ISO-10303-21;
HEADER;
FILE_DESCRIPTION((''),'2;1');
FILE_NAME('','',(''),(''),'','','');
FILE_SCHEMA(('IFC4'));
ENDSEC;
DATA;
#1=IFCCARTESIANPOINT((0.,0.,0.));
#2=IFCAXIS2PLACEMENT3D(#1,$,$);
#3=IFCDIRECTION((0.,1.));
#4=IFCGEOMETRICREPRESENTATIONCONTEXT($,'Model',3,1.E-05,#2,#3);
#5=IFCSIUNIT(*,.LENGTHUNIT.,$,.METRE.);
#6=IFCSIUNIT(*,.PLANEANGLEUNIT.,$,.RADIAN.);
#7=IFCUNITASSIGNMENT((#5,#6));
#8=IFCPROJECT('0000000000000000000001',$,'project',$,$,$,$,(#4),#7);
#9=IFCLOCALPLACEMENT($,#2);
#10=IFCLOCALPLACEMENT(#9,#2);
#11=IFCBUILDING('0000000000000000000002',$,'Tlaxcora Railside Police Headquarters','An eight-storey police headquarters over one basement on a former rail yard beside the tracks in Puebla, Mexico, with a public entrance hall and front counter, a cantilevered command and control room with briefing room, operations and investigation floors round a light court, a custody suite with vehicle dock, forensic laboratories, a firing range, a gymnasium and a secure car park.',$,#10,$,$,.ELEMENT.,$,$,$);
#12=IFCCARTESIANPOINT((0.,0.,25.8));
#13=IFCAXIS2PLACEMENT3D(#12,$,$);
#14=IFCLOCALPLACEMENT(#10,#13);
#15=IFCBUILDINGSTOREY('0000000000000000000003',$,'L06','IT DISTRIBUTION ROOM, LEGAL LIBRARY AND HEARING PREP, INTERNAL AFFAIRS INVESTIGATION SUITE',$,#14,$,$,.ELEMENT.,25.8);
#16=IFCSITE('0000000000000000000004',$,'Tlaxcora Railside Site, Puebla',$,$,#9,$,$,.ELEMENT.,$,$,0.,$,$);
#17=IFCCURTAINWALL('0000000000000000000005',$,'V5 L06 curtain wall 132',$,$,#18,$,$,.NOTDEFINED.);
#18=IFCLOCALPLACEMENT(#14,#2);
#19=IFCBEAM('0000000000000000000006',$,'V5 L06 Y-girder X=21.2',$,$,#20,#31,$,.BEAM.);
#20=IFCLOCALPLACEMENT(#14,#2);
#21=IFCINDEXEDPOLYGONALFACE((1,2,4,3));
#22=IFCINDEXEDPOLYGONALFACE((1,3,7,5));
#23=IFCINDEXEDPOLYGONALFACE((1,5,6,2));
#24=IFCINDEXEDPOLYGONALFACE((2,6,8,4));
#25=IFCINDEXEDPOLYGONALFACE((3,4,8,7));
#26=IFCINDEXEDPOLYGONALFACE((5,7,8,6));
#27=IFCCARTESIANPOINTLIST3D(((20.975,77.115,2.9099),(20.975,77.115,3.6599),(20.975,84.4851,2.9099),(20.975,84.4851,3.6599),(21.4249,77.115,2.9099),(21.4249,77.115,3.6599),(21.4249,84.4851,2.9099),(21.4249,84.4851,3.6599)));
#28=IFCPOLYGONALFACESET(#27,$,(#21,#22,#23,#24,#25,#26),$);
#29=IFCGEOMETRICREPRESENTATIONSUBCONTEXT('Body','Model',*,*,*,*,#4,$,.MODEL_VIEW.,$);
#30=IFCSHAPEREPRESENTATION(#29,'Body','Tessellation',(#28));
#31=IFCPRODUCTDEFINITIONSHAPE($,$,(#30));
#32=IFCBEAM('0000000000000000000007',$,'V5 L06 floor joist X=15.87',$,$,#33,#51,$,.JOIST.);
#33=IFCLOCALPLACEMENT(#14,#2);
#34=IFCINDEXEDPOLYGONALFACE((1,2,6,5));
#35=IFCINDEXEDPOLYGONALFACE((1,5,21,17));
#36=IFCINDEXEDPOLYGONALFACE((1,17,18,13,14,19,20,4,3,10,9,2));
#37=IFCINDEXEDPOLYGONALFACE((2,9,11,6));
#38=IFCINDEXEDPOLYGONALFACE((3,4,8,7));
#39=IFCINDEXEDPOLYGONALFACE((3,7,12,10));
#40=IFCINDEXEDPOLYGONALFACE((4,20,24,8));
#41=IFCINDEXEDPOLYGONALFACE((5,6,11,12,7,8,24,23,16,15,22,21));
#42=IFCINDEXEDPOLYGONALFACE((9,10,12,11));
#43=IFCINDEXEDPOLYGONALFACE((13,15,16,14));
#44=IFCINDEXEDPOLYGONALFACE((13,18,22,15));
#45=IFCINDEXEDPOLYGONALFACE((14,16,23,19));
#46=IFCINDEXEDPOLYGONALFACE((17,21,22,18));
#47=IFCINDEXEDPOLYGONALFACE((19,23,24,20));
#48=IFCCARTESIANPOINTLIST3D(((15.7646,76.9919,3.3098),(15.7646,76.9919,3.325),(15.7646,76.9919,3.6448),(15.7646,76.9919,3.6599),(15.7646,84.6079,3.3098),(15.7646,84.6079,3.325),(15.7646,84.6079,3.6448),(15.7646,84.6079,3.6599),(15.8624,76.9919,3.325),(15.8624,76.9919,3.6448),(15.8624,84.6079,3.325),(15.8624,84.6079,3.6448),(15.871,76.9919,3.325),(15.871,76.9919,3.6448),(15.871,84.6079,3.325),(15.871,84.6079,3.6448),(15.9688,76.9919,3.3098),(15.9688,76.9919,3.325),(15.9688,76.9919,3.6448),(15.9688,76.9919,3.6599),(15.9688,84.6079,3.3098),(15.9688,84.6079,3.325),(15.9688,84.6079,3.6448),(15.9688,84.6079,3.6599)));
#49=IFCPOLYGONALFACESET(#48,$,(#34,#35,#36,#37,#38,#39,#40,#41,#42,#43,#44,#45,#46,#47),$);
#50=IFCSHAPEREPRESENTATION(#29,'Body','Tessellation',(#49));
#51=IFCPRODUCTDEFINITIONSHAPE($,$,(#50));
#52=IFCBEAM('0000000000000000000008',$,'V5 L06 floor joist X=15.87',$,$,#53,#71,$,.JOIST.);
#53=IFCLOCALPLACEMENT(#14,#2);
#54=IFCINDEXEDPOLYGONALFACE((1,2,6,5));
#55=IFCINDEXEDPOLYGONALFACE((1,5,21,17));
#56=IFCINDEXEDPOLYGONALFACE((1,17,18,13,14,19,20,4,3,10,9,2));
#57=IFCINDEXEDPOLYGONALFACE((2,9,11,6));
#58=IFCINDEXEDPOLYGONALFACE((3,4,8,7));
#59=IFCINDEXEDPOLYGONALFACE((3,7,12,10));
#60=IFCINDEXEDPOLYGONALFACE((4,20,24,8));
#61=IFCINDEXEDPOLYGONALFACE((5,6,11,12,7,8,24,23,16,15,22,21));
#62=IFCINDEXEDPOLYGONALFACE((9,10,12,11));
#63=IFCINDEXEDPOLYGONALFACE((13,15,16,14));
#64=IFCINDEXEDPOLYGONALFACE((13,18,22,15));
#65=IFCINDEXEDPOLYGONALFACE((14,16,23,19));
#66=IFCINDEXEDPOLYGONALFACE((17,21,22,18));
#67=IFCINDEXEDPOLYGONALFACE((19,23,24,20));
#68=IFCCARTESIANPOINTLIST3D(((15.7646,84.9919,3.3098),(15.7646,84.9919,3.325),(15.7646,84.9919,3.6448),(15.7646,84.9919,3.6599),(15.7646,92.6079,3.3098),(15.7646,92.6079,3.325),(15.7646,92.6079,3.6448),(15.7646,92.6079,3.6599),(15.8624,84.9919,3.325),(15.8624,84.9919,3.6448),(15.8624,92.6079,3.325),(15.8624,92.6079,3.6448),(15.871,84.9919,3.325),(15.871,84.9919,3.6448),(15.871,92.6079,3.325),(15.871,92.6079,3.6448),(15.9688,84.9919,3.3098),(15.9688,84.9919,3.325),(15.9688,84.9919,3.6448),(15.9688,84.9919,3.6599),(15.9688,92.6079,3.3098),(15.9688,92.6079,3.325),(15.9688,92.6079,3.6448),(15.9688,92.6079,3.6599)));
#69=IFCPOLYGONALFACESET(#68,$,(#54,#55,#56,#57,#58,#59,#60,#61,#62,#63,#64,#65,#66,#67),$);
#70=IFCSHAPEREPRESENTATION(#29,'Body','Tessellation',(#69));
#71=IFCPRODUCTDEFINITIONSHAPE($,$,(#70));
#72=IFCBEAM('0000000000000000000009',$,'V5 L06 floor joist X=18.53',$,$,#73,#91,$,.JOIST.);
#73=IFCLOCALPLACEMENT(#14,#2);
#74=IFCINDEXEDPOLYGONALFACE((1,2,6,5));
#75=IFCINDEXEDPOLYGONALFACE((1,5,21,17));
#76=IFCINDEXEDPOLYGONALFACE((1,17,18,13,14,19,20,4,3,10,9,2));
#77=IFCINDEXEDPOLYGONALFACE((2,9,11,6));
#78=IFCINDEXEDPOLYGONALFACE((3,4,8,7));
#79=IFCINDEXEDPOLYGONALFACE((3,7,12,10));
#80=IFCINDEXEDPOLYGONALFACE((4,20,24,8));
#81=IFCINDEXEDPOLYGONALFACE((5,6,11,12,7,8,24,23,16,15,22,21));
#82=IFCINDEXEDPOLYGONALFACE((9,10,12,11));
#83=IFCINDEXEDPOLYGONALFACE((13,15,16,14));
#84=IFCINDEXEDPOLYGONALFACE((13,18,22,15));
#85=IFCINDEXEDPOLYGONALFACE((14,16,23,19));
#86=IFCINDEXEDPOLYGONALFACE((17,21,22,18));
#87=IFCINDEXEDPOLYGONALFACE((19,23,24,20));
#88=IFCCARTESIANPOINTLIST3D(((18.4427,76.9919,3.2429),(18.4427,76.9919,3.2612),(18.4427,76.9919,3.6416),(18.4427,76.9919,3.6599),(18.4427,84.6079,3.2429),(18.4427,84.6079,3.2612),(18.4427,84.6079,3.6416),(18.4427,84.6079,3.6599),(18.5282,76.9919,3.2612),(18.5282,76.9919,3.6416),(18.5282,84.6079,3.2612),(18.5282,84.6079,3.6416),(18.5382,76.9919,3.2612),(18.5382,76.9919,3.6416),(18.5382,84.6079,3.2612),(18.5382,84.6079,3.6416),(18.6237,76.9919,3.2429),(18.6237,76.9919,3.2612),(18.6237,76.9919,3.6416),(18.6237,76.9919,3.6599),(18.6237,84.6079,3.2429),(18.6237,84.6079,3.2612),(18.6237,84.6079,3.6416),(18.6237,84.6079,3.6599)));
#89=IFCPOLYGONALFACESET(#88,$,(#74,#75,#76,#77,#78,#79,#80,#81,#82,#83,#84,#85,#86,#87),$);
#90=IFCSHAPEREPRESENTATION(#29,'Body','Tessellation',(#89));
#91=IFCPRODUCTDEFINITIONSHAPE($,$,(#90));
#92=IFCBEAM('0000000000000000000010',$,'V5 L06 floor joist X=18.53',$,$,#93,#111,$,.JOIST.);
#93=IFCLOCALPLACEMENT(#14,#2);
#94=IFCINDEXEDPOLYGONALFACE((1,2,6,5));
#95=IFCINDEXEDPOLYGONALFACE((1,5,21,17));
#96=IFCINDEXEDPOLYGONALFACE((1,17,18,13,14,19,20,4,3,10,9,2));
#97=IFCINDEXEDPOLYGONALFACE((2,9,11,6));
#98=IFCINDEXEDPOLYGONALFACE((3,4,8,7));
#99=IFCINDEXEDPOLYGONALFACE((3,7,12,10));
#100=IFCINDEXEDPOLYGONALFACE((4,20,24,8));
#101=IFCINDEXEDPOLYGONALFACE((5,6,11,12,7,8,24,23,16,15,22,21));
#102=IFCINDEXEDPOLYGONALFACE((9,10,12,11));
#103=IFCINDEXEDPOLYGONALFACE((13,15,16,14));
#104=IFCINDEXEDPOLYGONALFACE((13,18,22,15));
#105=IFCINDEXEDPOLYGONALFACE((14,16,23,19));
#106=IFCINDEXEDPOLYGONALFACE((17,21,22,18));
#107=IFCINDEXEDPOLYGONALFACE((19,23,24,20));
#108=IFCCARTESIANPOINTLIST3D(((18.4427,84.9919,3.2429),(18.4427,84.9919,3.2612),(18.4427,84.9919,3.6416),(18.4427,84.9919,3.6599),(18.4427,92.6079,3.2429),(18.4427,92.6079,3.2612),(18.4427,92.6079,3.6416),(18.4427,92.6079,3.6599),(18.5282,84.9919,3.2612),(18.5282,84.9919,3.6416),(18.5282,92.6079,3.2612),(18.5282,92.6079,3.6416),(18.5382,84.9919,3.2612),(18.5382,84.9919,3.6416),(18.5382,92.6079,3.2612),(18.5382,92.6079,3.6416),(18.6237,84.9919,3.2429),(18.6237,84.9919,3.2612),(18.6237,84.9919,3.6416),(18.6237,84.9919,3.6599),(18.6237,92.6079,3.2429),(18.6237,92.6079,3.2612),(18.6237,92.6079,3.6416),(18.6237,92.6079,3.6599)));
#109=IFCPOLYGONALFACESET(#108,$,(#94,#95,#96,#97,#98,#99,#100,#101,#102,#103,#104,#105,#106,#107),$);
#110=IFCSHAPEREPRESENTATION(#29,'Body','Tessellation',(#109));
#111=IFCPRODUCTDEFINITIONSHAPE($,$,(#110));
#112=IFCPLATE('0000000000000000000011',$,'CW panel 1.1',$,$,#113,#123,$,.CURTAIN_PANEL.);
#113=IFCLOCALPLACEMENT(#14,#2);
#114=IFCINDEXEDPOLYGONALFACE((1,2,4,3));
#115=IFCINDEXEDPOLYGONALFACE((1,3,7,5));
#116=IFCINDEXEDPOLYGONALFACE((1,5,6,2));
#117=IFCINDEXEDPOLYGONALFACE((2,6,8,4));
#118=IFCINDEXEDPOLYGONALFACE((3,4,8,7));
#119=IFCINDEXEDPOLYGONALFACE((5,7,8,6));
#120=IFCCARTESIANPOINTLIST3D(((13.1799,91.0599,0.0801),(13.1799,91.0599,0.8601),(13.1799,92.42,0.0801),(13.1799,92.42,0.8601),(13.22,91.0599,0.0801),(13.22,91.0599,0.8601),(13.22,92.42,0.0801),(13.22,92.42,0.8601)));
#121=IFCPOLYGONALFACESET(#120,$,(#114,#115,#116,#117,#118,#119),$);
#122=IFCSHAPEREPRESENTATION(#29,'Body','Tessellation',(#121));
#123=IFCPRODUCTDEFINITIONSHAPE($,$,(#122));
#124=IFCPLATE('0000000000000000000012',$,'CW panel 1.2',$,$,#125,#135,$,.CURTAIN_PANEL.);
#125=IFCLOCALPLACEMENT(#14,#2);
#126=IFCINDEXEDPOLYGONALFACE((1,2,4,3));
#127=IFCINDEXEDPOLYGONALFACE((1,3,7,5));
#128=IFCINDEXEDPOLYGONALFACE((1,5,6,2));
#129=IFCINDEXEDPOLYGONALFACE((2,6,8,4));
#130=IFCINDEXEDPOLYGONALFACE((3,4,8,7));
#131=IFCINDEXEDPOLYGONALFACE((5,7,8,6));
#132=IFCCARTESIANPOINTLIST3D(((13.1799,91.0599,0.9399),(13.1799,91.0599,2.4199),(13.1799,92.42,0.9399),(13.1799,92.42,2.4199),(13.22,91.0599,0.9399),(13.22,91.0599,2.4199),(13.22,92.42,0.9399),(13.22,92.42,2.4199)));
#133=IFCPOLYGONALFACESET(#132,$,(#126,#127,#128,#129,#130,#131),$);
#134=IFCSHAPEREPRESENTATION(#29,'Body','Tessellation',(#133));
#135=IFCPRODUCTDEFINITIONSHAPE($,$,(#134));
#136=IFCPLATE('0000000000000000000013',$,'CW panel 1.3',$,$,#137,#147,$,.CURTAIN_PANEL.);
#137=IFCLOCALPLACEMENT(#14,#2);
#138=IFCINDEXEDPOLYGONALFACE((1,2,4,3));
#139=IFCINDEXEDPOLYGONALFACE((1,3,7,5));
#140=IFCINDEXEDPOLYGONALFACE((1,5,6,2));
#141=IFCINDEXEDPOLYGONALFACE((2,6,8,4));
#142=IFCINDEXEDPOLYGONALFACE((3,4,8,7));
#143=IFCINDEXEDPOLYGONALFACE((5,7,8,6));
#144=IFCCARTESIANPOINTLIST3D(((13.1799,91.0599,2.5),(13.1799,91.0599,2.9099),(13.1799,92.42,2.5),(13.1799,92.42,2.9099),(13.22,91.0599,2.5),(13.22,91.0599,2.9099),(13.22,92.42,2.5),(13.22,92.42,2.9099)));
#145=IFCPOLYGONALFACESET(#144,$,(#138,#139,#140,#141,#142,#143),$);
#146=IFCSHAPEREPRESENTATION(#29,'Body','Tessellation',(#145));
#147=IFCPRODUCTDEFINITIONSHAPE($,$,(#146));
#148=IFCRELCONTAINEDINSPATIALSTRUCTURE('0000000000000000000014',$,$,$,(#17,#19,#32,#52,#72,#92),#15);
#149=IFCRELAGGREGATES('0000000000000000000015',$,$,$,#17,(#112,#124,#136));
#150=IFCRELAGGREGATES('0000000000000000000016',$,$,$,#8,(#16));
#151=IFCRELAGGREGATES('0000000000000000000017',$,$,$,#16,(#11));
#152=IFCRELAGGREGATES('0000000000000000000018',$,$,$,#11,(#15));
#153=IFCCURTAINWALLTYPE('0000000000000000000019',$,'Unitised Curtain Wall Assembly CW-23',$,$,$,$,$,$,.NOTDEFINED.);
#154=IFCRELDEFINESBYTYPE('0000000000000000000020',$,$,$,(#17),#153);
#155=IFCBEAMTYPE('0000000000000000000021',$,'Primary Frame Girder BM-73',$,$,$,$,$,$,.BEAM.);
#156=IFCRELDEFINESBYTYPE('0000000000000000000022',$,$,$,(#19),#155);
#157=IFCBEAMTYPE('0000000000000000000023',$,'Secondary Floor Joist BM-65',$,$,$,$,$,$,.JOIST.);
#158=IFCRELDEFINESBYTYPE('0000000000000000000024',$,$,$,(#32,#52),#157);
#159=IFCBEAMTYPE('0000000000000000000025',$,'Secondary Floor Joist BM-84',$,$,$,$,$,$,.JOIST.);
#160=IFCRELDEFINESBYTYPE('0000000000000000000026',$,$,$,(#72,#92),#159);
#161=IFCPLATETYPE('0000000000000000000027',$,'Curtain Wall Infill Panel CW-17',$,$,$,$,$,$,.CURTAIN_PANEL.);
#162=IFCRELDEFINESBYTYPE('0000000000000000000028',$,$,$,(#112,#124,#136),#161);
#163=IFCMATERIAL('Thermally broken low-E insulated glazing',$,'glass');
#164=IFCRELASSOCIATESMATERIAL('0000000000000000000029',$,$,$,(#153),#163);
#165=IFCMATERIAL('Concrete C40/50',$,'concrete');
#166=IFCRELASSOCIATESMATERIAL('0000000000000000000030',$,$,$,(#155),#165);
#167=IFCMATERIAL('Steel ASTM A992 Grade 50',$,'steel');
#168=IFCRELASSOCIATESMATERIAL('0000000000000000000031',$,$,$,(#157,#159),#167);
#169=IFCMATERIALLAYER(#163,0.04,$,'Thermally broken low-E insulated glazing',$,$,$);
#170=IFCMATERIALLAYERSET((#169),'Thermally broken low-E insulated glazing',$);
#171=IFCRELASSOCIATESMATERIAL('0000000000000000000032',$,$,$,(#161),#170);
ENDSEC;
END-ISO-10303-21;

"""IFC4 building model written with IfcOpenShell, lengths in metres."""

from ifc_helpers import new_model, si_unit, direction, frame, origin, origin_2d, place, context, subcontext, project, spatial, rectangle, i_section, extrude, material, layer, layer_set, material_profile, profile_set, type_object, element, aggregate, save


model = new_model("IFC4")

# Units and contexts
model_context = context("Model", 3, precision=1e-05, world=origin(), true_north=direction((0.0, 1.0)))
body_context = subcontext(model_context, "Body", "Model", "MODEL_VIEW")
ifc_project = project(units=[si_unit("LENGTHUNIT", "METRE"), si_unit("PLANEANGLEUNIT", "RADIAN")], contexts=[model_context])

# Site, building, storey
site_placement = place(None, origin())
site = spatial("IfcSite", under=ifc_project, at=site_placement, Name="Tlaxcora Railside Site, Puebla", CompositionType="ELEMENT", RefElevation=0.0)
building_placement = place(site_placement, origin())
building = spatial("IfcBuilding", under=site, at=building_placement, Name="Tlaxcora Railside Police Headquarters", Description="An eight-storey police headquarters over one basement on a former rail yard beside the tracks in Puebla, Mexico, with a public entrance hall and front counter, a cantilevered command and control room with briefing room, operations and investigation floors round a light court, a custody suite with vehicle dock, forensic laboratories, a firing range, a gymnasium and a secure car park.", CompositionType="ELEMENT")
storey_placement = place(building_placement, frame((0.0, 0.0, 25.8)))
storey = spatial("IfcBuildingStorey", under=building, at=storey_placement, Name="L06", Description="IT DISTRIBUTION ROOM, LEGAL LIBRARY AND HEARING PREP, INTERNAL AFFAIRS INVESTIGATION SUITE", CompositionType="ELEMENT", Elevation=25.8)

# Shared definitions
ifc_material_1 = material(Name="Concrete C40/50", Category="concrete")

# Curtain wall
ifc_material_2 = material(Name="Thermally broken low-E insulated glazing", Category="glass")
curtain_wall_type = type_object("IfcCurtainWallType", Name="Unitised Curtain Wall Assembly CW-23", PredefinedType="NOTDEFINED", material=ifc_material_2)
curtain_wall_placement = place(storey_placement, origin())
curtain_wall = element("IfcCurtainWall", 1, at=curtain_wall_placement, inside=storey, type_object=curtain_wall_type, Name="V5 L06 curtain wall 132", PredefinedType="NOTDEFINED")

# Beams
ifc_material_profile_1 = material_profile(ifc_material_1, rectangle(XDim=0.45, YDim=0.75, at=origin_2d()), Name="RC450X750")
ifc_profile_set_1 = profile_set([ifc_material_profile_1], Name="Concrete C40/50")
beam_type_1 = type_object("IfcBeamType", Name="Primary Frame Girder BM-73", PredefinedType="BEAM", material=ifc_profile_set_1)
beam_1_placement = place(storey_placement, frame((21.2, 77.115, 3.2849), z_axis=(0.0, 1.0, 0.0), x_axis=(-1.0, 0.0, 0.0)))
element("IfcBeam", 2, at=beam_1_placement, inside=storey, type_object=beam_type_1, Name="V5 L06 Y-girder X=21.2", PredefinedType="BEAM", context=body_context, shape_type="SweptSolid", body=[
    extrude(rectangle(XDim=0.45, YDim=0.75, at=origin_2d()), origin(), (0.0, 0.0, 1.0), 7.3701),
])
ifc_material_3 = material(Name="Steel ASTM A992 Grade 50", Category="steel")
ifc_material_profile_2 = material_profile(ifc_material_3, i_section(OverallWidth=0.2041, OverallDepth=0.3501, WebThickness=0.0085, FlangeThickness=0.0151, at=origin_2d()), Name="W14X48")
ifc_profile_set_2 = profile_set([ifc_material_profile_2], Name="Steel ASTM A992 Grade 50")
beam_type_2 = type_object("IfcBeamType", Name="Secondary Floor Joist BM-65", PredefinedType="JOIST", material=ifc_profile_set_2)
for number, where, z_axis, x_axis, name in (
    (3, (15.8667, 76.9919, 3.4849), (0.0, 1.0, 0.0), (-1.0, 0.0, 0.0), "V5 L06 floor joist X=15.87"),
    (4, (15.8667, 84.9919, 3.4849), (0.0, 1.0, 0.0), (-1.0, 0.0, 0.0), "V5 L06 floor joist X=15.87"),
):
    element("IfcBeam", number, at=place(storey_placement, frame(where, z_axis=z_axis, x_axis=x_axis)), inside=storey, type_object=beam_type_2, Name=name, PredefinedType="JOIST", context=body_context, shape_type="SweptSolid", body=[
        extrude(i_section(OverallWidth=0.2041, OverallDepth=0.3501, WebThickness=0.0085, FlangeThickness=0.0151, at=origin_2d()), origin(), (0.0, 0.0, 1.0), 7.616),
    ])
ifc_material_profile_3 = material_profile(ifc_material_3, i_section(OverallWidth=0.1809, OverallDepth=0.417, WebThickness=0.01, FlangeThickness=0.0183, at=origin_2d()), Name="W16X57")
ifc_profile_set_3 = profile_set([ifc_material_profile_3], Name="Steel ASTM A992 Grade 50")
beam_type_3 = type_object("IfcBeamType", Name="Secondary Floor Joist BM-84", PredefinedType="JOIST", material=ifc_profile_set_3)
for number, where, z_axis, x_axis, name in (
    (5, (18.5332, 76.9919, 3.4514), (0.0, 1.0, 0.0), (-1.0, 0.0, 0.0), "V5 L06 floor joist X=18.53"),
    (6, (18.5332, 84.9919, 3.4514), (0.0, 1.0, 0.0), (-1.0, 0.0, 0.0), "V5 L06 floor joist X=18.53"),
):
    element("IfcBeam", number, at=place(storey_placement, frame(where, z_axis=z_axis, x_axis=x_axis)), inside=storey, type_object=beam_type_3, Name=name, PredefinedType="JOIST", context=body_context, shape_type="SweptSolid", body=[
        extrude(i_section(OverallWidth=0.1809, OverallDepth=0.417, WebThickness=0.01, FlangeThickness=0.0183, at=origin_2d()), origin(), (0.0, 0.0, 1.0), 7.616),
    ])

# Plates
ifc_layer_1 = layer(ifc_material_2, 0.04, Name="Thermally broken low-E insulated glazing")
ifc_layer_set_1 = layer_set([ifc_layer_1], Name="Thermally broken low-E insulated glazing")
plate_type = type_object("IfcPlateType", Name="Curtain Wall Infill Panel CW-17", PredefinedType="CURTAIN_PANEL", material=ifc_layer_set_1)
plate_1_placement = place(storey_placement, frame((13.2, 91.74, 0.0801), z_axis=(0.0, 0.0, 1.0), x_axis=(0.0, -1.0, 0.0)))
plate_1 = element("IfcPlate", 7, at=plate_1_placement, type_object=plate_type, Name="CW panel 1.1", PredefinedType="CURTAIN_PANEL", context=body_context, shape_type="SweptSolid", body=[
    extrude(rectangle(XDim=1.3601, YDim=0.04, at=origin_2d()), origin(), (0.0, 0.0, 1.0), 0.78),
])
plate_2_placement = place(storey_placement, frame((13.2, 91.74, 0.9399), z_axis=(0.0, 0.0, 1.0), x_axis=(0.0, -1.0, 0.0)))
plate_2 = element("IfcPlate", 8, at=plate_2_placement, type_object=plate_type, Name="CW panel 1.2", PredefinedType="CURTAIN_PANEL", context=body_context, shape_type="SweptSolid", body=[
    extrude(rectangle(XDim=1.3601, YDim=0.04, at=origin_2d()), origin(), (0.0, 0.0, 1.0), 1.48),
])
plate_3_placement = place(storey_placement, frame((13.2, 91.74, 2.5), z_axis=(0.0, 0.0, 1.0), x_axis=(0.0, -1.0, 0.0)))
plate_3 = element("IfcPlate", 9, at=plate_3_placement, type_object=plate_type, Name="CW panel 1.3", PredefinedType="CURTAIN_PANEL", context=body_context, shape_type="SweptSolid", body=[
    extrude(rectangle(XDim=1.3601, YDim=0.04, at=origin_2d()), origin(), (0.0, 0.0, 1.0), 0.4099),
])
aggregate(curtain_wall, [plate_1, plate_2, plate_3])

save(model, "model.ifc")
